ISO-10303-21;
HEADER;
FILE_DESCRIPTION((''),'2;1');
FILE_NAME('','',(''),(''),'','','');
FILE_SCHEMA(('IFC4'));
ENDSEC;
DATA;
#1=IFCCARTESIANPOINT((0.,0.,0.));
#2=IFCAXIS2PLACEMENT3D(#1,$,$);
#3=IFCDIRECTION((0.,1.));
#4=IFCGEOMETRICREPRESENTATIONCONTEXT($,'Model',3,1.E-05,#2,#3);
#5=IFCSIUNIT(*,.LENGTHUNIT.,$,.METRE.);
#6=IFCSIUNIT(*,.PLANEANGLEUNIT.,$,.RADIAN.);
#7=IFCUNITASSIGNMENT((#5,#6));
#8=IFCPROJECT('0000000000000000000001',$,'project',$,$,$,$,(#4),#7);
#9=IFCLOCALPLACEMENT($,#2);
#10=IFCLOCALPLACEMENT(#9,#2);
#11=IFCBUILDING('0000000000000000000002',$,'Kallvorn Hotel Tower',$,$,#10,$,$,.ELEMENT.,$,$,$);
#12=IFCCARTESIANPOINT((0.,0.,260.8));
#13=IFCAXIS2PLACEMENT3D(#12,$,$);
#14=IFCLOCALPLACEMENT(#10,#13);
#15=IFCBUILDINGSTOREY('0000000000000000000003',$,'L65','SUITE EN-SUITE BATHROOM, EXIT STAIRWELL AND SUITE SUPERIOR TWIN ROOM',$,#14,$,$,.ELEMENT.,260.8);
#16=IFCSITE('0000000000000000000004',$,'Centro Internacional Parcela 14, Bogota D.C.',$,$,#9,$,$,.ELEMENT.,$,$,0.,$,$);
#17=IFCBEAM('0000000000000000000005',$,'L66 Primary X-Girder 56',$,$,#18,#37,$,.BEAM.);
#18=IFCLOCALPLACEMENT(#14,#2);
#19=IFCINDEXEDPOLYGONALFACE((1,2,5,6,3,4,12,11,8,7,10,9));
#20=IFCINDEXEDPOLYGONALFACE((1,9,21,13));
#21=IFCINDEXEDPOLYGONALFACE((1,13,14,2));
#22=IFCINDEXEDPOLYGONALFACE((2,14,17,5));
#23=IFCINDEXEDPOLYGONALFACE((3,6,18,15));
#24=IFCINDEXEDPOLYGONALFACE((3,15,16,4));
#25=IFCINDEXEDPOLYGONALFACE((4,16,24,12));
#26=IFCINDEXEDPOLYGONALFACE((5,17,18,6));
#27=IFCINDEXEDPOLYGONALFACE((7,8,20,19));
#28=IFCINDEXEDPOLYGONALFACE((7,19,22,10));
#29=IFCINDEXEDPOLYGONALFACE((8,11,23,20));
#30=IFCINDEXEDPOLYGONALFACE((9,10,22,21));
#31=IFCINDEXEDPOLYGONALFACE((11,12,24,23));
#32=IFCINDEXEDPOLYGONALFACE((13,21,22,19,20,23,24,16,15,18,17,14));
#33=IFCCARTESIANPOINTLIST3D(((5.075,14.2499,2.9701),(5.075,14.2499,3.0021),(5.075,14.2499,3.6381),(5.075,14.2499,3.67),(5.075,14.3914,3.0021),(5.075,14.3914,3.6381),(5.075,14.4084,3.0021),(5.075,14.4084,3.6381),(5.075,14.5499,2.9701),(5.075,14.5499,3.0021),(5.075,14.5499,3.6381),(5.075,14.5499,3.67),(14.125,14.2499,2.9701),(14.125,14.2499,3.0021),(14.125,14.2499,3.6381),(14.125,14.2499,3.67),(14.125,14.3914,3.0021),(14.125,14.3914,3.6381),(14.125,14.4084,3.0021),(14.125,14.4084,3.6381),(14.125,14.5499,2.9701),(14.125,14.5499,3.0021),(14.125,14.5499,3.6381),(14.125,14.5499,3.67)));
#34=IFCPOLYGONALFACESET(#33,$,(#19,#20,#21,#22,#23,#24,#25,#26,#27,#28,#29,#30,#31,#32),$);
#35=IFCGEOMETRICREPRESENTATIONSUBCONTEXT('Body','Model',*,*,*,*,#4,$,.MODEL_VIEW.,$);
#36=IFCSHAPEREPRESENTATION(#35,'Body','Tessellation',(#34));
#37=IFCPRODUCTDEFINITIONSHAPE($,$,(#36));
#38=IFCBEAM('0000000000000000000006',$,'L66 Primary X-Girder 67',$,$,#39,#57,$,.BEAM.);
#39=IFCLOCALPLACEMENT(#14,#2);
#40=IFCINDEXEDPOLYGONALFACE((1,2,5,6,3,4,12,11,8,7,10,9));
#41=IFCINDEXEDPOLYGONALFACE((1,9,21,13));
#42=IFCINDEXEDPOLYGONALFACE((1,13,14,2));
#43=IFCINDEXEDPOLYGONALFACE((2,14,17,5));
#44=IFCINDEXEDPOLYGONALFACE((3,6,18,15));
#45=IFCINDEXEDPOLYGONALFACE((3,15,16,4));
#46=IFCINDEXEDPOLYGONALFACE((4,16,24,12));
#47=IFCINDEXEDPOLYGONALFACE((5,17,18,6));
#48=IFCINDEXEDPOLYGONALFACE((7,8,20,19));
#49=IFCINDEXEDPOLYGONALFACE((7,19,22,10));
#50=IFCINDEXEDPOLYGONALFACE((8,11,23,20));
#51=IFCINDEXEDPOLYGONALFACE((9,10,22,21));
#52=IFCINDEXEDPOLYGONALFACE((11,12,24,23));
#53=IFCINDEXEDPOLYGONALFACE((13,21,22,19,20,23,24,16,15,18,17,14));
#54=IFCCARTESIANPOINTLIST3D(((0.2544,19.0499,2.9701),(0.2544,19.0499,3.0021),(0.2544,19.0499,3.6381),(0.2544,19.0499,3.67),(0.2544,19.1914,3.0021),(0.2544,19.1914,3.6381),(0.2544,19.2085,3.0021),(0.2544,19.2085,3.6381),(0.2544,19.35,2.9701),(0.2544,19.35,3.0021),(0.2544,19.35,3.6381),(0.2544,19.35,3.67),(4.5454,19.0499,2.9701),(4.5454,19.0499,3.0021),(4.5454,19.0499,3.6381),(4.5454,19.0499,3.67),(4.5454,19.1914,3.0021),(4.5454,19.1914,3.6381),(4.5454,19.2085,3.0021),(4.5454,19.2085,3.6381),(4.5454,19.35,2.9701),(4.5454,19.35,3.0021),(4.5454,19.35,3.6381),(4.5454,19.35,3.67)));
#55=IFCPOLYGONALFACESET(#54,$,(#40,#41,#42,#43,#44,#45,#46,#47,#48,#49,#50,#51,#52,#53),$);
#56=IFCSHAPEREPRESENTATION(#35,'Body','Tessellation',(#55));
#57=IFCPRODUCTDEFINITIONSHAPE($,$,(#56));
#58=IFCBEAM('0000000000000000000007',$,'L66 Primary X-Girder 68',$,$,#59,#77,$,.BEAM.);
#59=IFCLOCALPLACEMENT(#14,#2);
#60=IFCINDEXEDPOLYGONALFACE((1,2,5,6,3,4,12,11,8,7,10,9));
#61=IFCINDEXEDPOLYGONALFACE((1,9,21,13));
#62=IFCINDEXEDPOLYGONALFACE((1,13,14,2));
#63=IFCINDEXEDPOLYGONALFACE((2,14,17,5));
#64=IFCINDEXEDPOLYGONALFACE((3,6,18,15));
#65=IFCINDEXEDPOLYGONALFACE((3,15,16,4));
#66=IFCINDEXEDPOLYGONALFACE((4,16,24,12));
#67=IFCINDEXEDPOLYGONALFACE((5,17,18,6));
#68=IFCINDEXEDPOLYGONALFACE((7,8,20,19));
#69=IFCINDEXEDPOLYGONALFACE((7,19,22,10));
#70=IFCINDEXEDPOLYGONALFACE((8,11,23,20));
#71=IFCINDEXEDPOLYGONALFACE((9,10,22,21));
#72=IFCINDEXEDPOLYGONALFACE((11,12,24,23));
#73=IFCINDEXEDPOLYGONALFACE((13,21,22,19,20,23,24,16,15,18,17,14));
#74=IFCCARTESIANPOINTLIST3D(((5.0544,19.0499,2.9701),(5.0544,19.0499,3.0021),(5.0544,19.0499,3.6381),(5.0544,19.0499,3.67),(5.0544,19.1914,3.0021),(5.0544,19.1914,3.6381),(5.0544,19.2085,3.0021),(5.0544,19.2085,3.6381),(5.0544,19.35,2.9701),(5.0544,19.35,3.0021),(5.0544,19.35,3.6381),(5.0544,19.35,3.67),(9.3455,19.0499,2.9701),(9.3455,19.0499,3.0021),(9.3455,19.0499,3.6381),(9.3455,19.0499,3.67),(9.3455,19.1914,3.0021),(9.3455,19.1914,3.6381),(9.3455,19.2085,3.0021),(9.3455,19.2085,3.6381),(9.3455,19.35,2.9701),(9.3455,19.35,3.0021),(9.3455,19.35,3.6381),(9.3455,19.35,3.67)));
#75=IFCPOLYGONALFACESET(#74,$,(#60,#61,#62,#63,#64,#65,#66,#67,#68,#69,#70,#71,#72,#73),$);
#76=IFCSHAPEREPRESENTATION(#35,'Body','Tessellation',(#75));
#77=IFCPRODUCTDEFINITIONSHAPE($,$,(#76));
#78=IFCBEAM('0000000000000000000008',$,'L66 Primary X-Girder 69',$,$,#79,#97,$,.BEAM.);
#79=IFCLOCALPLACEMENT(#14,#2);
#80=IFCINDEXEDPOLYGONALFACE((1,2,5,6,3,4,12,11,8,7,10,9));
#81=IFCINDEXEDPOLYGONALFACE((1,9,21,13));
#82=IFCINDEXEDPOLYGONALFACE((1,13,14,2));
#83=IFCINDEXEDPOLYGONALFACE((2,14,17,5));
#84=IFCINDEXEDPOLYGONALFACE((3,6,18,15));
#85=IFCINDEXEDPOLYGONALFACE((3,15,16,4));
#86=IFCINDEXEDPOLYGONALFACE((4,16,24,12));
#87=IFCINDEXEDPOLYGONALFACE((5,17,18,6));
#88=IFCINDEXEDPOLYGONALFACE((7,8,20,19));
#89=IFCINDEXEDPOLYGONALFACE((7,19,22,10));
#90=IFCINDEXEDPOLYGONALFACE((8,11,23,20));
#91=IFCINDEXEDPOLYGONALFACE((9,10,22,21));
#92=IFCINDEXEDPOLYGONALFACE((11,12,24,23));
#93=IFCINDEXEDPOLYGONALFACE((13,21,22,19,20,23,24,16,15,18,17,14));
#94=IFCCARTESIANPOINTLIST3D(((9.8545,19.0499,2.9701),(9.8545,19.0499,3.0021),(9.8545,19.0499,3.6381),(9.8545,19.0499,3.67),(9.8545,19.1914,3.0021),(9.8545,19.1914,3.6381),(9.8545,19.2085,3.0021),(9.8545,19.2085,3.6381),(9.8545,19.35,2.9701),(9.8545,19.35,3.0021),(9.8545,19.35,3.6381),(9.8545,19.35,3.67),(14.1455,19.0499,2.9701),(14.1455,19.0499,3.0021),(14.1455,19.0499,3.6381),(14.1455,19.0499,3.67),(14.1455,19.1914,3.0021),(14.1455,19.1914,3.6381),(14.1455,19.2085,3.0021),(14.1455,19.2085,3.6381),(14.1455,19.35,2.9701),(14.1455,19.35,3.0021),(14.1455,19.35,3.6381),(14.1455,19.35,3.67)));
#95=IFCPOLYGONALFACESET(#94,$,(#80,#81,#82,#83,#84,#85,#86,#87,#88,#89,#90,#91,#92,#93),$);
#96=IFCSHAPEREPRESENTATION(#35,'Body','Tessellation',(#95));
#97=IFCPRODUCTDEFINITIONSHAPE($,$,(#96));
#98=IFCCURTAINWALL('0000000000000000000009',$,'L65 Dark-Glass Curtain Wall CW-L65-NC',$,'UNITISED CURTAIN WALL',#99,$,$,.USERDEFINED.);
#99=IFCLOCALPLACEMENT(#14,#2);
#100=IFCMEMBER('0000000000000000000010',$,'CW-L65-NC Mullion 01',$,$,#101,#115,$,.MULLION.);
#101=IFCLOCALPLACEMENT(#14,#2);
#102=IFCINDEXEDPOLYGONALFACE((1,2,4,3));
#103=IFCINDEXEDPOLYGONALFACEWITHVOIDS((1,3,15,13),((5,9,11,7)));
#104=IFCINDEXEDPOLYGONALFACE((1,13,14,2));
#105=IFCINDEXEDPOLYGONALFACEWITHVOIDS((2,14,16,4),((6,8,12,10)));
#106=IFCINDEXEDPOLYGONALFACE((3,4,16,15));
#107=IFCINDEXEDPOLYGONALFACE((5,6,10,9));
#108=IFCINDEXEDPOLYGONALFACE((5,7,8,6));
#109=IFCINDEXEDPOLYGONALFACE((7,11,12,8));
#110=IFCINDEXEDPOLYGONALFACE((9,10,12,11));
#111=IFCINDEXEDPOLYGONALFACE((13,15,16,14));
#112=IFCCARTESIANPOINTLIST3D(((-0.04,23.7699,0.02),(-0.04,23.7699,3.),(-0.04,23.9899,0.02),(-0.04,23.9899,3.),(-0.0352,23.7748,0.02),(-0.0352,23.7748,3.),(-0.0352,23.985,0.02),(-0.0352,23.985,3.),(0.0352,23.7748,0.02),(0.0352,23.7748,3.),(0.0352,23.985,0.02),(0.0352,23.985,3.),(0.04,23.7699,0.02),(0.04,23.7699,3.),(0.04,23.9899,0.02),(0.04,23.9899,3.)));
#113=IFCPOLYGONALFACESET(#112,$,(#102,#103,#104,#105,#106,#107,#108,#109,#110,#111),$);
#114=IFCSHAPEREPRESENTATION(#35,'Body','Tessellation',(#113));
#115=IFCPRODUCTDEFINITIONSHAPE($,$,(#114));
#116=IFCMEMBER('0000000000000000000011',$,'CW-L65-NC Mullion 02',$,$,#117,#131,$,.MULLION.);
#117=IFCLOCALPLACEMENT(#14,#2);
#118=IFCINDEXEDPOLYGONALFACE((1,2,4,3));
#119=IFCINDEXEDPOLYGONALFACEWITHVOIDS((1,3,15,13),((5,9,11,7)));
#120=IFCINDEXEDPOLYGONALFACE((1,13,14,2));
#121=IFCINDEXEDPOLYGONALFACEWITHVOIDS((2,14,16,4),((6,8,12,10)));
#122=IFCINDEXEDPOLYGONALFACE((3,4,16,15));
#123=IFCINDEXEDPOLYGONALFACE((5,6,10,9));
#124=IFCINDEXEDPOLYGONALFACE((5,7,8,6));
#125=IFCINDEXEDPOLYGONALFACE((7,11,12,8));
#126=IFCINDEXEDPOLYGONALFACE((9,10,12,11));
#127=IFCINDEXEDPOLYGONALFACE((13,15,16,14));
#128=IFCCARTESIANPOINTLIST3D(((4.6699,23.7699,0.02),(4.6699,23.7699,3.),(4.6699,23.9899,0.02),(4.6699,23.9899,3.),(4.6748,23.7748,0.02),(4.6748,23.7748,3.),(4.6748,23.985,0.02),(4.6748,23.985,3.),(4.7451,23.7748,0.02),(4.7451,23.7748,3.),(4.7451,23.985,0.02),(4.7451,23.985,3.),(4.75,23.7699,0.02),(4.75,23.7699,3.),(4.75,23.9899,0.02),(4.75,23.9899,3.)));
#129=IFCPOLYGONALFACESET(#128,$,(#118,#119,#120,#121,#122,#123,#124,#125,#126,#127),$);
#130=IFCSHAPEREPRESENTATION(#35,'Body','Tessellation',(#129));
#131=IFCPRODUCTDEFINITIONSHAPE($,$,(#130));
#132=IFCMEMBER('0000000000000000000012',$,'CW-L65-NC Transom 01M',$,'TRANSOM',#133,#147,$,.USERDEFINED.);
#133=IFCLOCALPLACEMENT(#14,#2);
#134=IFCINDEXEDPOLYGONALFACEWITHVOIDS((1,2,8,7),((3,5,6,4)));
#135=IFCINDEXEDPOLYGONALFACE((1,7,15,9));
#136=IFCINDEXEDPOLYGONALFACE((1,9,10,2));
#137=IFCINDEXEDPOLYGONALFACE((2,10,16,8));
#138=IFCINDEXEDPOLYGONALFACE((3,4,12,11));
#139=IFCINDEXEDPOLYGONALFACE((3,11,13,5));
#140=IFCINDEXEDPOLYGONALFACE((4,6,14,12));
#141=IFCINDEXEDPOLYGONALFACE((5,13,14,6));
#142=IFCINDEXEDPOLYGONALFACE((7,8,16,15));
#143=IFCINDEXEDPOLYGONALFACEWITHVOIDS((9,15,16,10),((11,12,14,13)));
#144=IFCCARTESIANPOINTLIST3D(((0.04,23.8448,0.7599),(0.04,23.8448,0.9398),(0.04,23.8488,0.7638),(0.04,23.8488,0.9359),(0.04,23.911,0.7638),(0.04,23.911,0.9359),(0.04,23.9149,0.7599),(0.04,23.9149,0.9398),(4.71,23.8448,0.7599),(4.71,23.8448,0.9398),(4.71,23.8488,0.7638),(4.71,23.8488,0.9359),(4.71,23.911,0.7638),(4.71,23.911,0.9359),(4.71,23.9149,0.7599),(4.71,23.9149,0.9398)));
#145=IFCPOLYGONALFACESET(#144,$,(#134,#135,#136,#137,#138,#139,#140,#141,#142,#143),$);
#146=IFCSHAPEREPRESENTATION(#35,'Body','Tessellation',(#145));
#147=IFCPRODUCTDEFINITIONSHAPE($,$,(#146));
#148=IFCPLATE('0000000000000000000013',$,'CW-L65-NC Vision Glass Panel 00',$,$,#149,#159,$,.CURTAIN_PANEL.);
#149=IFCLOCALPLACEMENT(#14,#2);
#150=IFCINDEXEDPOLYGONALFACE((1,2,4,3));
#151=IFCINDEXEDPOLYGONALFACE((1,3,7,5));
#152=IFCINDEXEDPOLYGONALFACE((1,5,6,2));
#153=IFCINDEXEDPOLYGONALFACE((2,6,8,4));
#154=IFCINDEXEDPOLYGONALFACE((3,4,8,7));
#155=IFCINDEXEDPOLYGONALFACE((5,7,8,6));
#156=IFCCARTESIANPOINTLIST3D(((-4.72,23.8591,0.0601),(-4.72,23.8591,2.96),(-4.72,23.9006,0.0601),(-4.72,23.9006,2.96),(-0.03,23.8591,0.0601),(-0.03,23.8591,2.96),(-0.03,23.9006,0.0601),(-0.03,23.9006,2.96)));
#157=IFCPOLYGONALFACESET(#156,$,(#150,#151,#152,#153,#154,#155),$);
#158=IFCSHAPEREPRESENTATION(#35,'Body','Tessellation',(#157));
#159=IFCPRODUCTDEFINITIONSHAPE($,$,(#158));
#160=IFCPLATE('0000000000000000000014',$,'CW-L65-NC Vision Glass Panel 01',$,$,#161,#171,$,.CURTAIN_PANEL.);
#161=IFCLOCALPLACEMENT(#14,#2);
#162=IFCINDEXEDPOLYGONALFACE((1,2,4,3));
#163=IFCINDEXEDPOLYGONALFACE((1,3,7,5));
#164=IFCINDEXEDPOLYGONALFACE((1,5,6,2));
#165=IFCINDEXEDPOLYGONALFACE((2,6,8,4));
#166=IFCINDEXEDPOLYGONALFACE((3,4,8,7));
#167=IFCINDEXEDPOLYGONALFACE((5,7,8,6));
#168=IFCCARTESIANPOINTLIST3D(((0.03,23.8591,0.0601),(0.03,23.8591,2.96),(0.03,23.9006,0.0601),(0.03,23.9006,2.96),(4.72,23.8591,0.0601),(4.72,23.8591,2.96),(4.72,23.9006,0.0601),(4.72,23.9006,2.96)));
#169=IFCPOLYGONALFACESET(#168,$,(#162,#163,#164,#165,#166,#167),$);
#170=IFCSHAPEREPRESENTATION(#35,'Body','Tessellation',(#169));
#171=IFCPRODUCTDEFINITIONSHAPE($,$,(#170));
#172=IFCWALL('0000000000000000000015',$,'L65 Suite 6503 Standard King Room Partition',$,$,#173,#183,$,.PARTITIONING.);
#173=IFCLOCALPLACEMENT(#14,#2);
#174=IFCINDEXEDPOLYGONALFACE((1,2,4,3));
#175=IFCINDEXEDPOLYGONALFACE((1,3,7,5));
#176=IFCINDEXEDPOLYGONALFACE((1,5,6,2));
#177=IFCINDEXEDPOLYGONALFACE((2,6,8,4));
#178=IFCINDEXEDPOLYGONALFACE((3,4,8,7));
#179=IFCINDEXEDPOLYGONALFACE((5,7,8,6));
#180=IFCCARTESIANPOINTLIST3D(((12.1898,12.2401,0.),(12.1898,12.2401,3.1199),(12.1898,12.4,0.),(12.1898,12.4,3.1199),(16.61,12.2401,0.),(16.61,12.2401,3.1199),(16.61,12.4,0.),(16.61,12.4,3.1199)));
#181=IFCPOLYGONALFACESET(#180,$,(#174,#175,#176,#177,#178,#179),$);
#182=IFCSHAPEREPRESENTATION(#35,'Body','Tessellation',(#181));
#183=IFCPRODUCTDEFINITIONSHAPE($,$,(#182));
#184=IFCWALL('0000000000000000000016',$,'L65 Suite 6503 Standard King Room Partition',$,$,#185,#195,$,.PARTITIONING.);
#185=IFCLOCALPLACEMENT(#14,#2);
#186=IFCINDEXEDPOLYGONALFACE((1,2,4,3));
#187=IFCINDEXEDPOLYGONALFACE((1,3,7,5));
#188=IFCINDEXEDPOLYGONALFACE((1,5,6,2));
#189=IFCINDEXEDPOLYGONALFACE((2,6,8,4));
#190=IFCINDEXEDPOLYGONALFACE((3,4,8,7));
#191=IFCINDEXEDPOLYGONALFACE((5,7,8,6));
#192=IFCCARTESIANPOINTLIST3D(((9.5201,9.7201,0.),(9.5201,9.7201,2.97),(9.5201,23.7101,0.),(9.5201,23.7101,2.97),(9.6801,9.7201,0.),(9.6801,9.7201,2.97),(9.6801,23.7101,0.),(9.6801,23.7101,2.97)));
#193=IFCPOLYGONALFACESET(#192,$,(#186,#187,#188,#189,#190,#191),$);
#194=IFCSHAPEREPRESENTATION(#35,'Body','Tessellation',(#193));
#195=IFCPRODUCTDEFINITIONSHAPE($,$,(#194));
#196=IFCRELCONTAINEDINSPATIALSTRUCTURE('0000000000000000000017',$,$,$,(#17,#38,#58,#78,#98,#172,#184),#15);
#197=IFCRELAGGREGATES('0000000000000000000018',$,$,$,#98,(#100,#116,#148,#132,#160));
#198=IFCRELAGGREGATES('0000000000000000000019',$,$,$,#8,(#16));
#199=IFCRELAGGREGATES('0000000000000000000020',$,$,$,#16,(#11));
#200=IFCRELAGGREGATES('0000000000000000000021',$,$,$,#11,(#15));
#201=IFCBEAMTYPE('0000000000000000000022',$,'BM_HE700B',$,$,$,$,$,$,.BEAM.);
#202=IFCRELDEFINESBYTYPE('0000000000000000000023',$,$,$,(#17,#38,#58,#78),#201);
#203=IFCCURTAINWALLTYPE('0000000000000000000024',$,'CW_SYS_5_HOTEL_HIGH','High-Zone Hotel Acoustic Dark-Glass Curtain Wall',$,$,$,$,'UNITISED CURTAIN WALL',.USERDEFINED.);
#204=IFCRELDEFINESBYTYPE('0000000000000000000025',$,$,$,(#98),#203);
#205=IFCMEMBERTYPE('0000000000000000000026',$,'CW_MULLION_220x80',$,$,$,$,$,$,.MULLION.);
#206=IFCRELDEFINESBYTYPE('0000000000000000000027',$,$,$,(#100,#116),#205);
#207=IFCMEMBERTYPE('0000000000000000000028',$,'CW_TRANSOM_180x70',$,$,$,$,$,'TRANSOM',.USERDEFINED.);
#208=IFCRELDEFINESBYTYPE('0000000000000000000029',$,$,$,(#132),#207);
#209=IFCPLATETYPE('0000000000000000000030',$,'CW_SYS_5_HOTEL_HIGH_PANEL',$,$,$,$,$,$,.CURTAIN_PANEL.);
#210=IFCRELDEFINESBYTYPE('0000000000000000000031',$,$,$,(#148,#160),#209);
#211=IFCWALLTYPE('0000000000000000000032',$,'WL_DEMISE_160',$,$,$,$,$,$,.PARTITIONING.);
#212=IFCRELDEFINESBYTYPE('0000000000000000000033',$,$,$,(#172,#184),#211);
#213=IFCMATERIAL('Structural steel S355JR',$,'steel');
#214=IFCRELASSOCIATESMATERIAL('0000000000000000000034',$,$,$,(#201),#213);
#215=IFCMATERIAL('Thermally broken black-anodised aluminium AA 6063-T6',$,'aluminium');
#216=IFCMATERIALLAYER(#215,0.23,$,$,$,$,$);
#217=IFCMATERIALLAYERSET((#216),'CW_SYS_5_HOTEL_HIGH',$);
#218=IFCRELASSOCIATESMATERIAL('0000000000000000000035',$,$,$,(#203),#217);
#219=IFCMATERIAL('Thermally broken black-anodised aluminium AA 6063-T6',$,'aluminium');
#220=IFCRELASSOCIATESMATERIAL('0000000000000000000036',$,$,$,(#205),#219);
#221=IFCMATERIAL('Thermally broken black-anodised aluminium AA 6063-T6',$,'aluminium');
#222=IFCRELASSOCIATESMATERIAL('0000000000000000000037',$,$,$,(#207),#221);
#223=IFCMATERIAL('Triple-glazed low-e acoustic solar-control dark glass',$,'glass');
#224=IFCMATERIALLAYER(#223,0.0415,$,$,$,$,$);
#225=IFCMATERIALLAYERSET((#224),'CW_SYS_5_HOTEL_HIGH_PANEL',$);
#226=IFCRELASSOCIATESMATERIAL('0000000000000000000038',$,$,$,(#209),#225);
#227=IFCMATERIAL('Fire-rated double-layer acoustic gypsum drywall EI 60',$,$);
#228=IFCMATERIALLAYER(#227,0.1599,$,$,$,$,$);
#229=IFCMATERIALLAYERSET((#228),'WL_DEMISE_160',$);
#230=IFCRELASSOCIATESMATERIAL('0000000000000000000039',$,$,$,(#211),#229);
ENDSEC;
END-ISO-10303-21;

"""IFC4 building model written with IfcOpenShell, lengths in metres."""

from ifc_helpers import new_model, si_unit, direction, frame, frame_2d, origin, origin_2d, place, context, subcontext, project, spatial, rectangle, hollow_rectangle, i_section, extrude, material, layer, layer_set, material_profile, profile_set, type_object, element, aggregate, save


model = new_model("IFC4")

# Units and contexts
model_context = context("Model", 3, precision=1e-05, world=origin(), true_north=direction((0.0, 1.0)))
body_context = subcontext(model_context, "Body", "Model", "MODEL_VIEW")
ifc_project = project(units=[si_unit("LENGTHUNIT", "METRE"), si_unit("PLANEANGLEUNIT", "RADIAN")], contexts=[model_context])

# Site, building, storey
site_placement = place(None, origin())
site = spatial("IfcSite", under=ifc_project, at=site_placement, Name="Centro Internacional Parcela 14, Bogota D.C.", CompositionType="ELEMENT", RefElevation=0.0)
building_placement = place(site_placement, origin())
building = spatial("IfcBuilding", under=site, at=building_placement, Name="Kallvorn Hotel Tower", CompositionType="ELEMENT")
storey_placement = place(building_placement, frame((0.0, 0.0, 260.8)))
storey = spatial("IfcBuildingStorey", under=building, at=storey_placement, Name="L65", Description="SUITE EN-SUITE BATHROOM, EXIT STAIRWELL AND SUITE SUPERIOR TWIN ROOM", CompositionType="ELEMENT", Elevation=260.8)

# Beams
ifc_material_1 = material(Name="Structural steel S355JR", Category="steel")
ifc_material_profile_1 = material_profile(ifc_material_1, i_section(OverallWidth=0.3, OverallDepth=0.7, WebThickness=0.0171, FlangeThickness=0.032, at=origin_2d()), Name="HE 700 B")
ifc_profile_set_1 = profile_set([ifc_material_profile_1], Name="Structural steel S355JR")
beam_type_1 = type_object("IfcBeamType", Name="BM_HE700B", PredefinedType="BEAM", material=ifc_profile_set_1)
beam_1_placement = place(storey_placement, frame((5.075, 14.3999, 3.3201), z_axis=(1.0, 0.0, 0.0), x_axis=(0.0, 1.0, 0.0)))
element("IfcBeam", 1, at=beam_1_placement, inside=storey, type_object=beam_type_1, Name="L66 Primary X-Girder 56", PredefinedType="BEAM", context=body_context, shape_type="SweptSolid", body=[
    extrude(i_section(OverallWidth=0.3, OverallDepth=0.7, WebThickness=0.0171, FlangeThickness=0.032, at=origin_2d()), origin(), (0.0, 0.0, 1.0), 9.05),
])
for number, where, z_axis, x_axis, name in (
    (2, (0.2544, 19.2, 3.3201), (1.0, 0.0, 0.0), (0.0, 1.0, 0.0), "L66 Primary X-Girder 67"),
    (3, (5.0544, 19.2, 3.3201), (1.0, 0.0, 0.0), (0.0, 1.0, 0.0), "L66 Primary X-Girder 68"),
    (4, (9.8545, 19.2, 3.3201), (1.0, 0.0, 0.0), (0.0, 1.0, 0.0), "L66 Primary X-Girder 69"),
):
    element("IfcBeam", number, at=place(storey_placement, frame(where, z_axis=z_axis, x_axis=x_axis)), inside=storey, type_object=beam_type_1, Name=name, PredefinedType="BEAM", context=body_context, shape_type="SweptSolid", body=[
        extrude(i_section(OverallWidth=0.3, OverallDepth=0.7, WebThickness=0.0171, FlangeThickness=0.032, at=origin_2d()), origin(), (0.0, 0.0, 1.0), 4.291),
    ])

# Curtain wall, members, plates
ifc_material_2 = material(Name="Thermally broken black-anodised aluminium AA 6063-T6", Category="aluminium")
ifc_layer_1 = layer(ifc_material_2, 0.23)
ifc_layer_set_1 = layer_set([ifc_layer_1], Name="CW_SYS_5_HOTEL_HIGH")
curtain_wall_type = type_object("IfcCurtainWallType", Name="CW_SYS_5_HOTEL_HIGH", Description="High-Zone Hotel Acoustic Dark-Glass Curtain Wall", ElementType="UNITISED CURTAIN WALL", PredefinedType="USERDEFINED", material=ifc_layer_set_1)
curtain_wall_placement = place(storey_placement, origin())
curtain_wall = element("IfcCurtainWall", 5, at=curtain_wall_placement, inside=storey, type_object=curtain_wall_type, Name="L65 Dark-Glass Curtain Wall CW-L65-NC", ObjectType="UNITISED CURTAIN WALL", PredefinedType="USERDEFINED")
ifc_material_3 = material(Name="Thermally broken black-anodised aluminium AA 6063-T6", Category="aluminium")
ifc_material_profile_2 = material_profile(ifc_material_3, hollow_rectangle(XDim=0.0801, YDim=0.22, WallThickness=0.0049, at=origin_2d()), Name="MUL 220x80")
ifc_profile_set_2 = profile_set([ifc_material_profile_2], Name="Thermally broken black-anodised aluminium AA 6063-T6")
member_type_1 = type_object("IfcMemberType", Name="CW_MULLION_220x80", PredefinedType="MULLION", material=ifc_profile_set_2)
member_1_placement = place(storey_placement, frame((0.0, 23.8799, 0.02), z_axis=(0.0, 0.0, 1.0), x_axis=(1.0, 0.0, 0.0)))
member_1 = element("IfcMember", 6, at=member_1_placement, type_object=member_type_1, Name="CW-L65-NC Mullion 01", PredefinedType="MULLION", context=body_context, shape_type="SweptSolid", body=[
    extrude(hollow_rectangle(XDim=0.0801, YDim=0.22, WallThickness=0.0049, at=origin_2d()), origin(), (0.0, 0.0, 1.0), 2.98),
])
member_2_placement = place(storey_placement, frame((4.71, 23.8799, 0.02), z_axis=(0.0, 0.0, 1.0), x_axis=(1.0, 0.0, 0.0)))
member_2 = element("IfcMember", 7, at=member_2_placement, type_object=member_type_1, Name="CW-L65-NC Mullion 02", PredefinedType="MULLION", context=body_context, shape_type="SweptSolid", body=[
    extrude(hollow_rectangle(XDim=0.0801, YDim=0.22, WallThickness=0.0049, at=origin_2d()), origin(), (0.0, 0.0, 1.0), 2.98),
])
ifc_material_4 = material(Name="Thermally broken black-anodised aluminium AA 6063-T6", Category="aluminium")
ifc_material_profile_3 = material_profile(ifc_material_4, hollow_rectangle(XDim=0.0701, YDim=0.1799, WallThickness=0.0039, at=origin_2d()), Name="TRN 180x70")
ifc_profile_set_3 = profile_set([ifc_material_profile_3], Name="Thermally broken black-anodised aluminium AA 6063-T6")
member_type_2 = type_object("IfcMemberType", Name="CW_TRANSOM_180x70", ElementType="TRANSOM", PredefinedType="USERDEFINED", material=ifc_profile_set_3)
member_3_placement = place(storey_placement, frame((0.04, 23.8799, 0.8499), z_axis=(1.0, 0.0, 0.0), x_axis=(0.0, 1.0, 0.0)))
member_3 = element("IfcMember", 8, at=member_3_placement, type_object=member_type_2, Name="CW-L65-NC Transom 01M", ObjectType="TRANSOM", PredefinedType="USERDEFINED", context=body_context, shape_type="SweptSolid", body=[
    extrude(hollow_rectangle(XDim=0.0701, YDim=0.1799, WallThickness=0.0039, at=origin_2d()), origin(), (0.0, 0.0, 1.0), 4.6699),
])
ifc_material_5 = material(Name="Triple-glazed low-e acoustic solar-control dark glass", Category="glass")
ifc_layer_2 = layer(ifc_material_5, 0.0415)
ifc_layer_set_2 = layer_set([ifc_layer_2], Name="CW_SYS_5_HOTEL_HIGH_PANEL")
plate_type = type_object("IfcPlateType", Name="CW_SYS_5_HOTEL_HIGH_PANEL", PredefinedType="CURTAIN_PANEL", material=ifc_layer_set_2)
plate_1_placement = place(storey_placement, frame((-2.375, 23.8799, 0.0601), z_axis=(0.0, 0.0, 1.0), x_axis=(1.0, 0.0, 0.0)))
plate_1 = element("IfcPlate", 9, at=plate_1_placement, type_object=plate_type, Name="CW-L65-NC Vision Glass Panel 00", PredefinedType="CURTAIN_PANEL", context=body_context, shape_type="SweptSolid", body=[
    extrude(rectangle(XDim=4.6899, YDim=0.0415, at=origin_2d()), origin(), (0.0, 0.0, 1.0), 2.8999),
])
plate_2_placement = place(storey_placement, frame((2.375, 23.8799, 0.0601), z_axis=(0.0, 0.0, 1.0), x_axis=(1.0, 0.0, 0.0)))
plate_2 = element("IfcPlate", 10, at=plate_2_placement, type_object=plate_type, Name="CW-L65-NC Vision Glass Panel 01", PredefinedType="CURTAIN_PANEL", context=body_context, shape_type="SweptSolid", body=[
    extrude(rectangle(XDim=4.6899, YDim=0.0415, at=origin_2d()), origin(), (0.0, 0.0, 1.0), 2.8999),
])
aggregate(curtain_wall, [member_1, member_2, plate_1, member_3, plate_2])

# Walls
ifc_material_6 = material(Name="Fire-rated double-layer acoustic gypsum drywall EI 60")
ifc_layer_3 = layer(ifc_material_6, 0.1599)
ifc_layer_set_3 = layer_set([ifc_layer_3], Name="WL_DEMISE_160")
wall_type_1 = type_object("IfcWallType", Name="WL_DEMISE_160", PredefinedType="PARTITIONING", material=ifc_layer_set_3)
wall_1_placement = place(storey_placement, frame((12.1899, 12.3201, 0.0), z_axis=(0.0, 0.0, 1.0), x_axis=(1.0, 0.0, 0.0)))
element("IfcWall", 11, at=wall_1_placement, inside=storey, type_object=wall_type_1, Name="L65 Suite 6503 Standard King Room Partition", PredefinedType="PARTITIONING", context=body_context, shape_type="SweptSolid", body=[
    extrude(rectangle(XDim=4.4202, YDim=0.1599, at=frame_2d((2.21, 0.0))), origin(), (0.0, 0.0, 1.0), 3.1199),
])
wall_2_placement = place(storey_placement, frame((9.6001, 9.72, 0.0), z_axis=(0.0, 0.0, 1.0), x_axis=(0.0, 1.0, 0.0)))
element("IfcWall", 12, at=wall_2_placement, inside=storey, type_object=wall_type_1, Name="L65 Suite 6503 Standard King Room Partition", PredefinedType="PARTITIONING", context=body_context, shape_type="SweptSolid", body=[
    extrude(rectangle(XDim=13.99, YDim=0.1599, at=frame_2d((6.9951, 0.0))), origin(), (0.0, 0.0, 1.0), 2.97),
])

save(model, "model.ifc")
